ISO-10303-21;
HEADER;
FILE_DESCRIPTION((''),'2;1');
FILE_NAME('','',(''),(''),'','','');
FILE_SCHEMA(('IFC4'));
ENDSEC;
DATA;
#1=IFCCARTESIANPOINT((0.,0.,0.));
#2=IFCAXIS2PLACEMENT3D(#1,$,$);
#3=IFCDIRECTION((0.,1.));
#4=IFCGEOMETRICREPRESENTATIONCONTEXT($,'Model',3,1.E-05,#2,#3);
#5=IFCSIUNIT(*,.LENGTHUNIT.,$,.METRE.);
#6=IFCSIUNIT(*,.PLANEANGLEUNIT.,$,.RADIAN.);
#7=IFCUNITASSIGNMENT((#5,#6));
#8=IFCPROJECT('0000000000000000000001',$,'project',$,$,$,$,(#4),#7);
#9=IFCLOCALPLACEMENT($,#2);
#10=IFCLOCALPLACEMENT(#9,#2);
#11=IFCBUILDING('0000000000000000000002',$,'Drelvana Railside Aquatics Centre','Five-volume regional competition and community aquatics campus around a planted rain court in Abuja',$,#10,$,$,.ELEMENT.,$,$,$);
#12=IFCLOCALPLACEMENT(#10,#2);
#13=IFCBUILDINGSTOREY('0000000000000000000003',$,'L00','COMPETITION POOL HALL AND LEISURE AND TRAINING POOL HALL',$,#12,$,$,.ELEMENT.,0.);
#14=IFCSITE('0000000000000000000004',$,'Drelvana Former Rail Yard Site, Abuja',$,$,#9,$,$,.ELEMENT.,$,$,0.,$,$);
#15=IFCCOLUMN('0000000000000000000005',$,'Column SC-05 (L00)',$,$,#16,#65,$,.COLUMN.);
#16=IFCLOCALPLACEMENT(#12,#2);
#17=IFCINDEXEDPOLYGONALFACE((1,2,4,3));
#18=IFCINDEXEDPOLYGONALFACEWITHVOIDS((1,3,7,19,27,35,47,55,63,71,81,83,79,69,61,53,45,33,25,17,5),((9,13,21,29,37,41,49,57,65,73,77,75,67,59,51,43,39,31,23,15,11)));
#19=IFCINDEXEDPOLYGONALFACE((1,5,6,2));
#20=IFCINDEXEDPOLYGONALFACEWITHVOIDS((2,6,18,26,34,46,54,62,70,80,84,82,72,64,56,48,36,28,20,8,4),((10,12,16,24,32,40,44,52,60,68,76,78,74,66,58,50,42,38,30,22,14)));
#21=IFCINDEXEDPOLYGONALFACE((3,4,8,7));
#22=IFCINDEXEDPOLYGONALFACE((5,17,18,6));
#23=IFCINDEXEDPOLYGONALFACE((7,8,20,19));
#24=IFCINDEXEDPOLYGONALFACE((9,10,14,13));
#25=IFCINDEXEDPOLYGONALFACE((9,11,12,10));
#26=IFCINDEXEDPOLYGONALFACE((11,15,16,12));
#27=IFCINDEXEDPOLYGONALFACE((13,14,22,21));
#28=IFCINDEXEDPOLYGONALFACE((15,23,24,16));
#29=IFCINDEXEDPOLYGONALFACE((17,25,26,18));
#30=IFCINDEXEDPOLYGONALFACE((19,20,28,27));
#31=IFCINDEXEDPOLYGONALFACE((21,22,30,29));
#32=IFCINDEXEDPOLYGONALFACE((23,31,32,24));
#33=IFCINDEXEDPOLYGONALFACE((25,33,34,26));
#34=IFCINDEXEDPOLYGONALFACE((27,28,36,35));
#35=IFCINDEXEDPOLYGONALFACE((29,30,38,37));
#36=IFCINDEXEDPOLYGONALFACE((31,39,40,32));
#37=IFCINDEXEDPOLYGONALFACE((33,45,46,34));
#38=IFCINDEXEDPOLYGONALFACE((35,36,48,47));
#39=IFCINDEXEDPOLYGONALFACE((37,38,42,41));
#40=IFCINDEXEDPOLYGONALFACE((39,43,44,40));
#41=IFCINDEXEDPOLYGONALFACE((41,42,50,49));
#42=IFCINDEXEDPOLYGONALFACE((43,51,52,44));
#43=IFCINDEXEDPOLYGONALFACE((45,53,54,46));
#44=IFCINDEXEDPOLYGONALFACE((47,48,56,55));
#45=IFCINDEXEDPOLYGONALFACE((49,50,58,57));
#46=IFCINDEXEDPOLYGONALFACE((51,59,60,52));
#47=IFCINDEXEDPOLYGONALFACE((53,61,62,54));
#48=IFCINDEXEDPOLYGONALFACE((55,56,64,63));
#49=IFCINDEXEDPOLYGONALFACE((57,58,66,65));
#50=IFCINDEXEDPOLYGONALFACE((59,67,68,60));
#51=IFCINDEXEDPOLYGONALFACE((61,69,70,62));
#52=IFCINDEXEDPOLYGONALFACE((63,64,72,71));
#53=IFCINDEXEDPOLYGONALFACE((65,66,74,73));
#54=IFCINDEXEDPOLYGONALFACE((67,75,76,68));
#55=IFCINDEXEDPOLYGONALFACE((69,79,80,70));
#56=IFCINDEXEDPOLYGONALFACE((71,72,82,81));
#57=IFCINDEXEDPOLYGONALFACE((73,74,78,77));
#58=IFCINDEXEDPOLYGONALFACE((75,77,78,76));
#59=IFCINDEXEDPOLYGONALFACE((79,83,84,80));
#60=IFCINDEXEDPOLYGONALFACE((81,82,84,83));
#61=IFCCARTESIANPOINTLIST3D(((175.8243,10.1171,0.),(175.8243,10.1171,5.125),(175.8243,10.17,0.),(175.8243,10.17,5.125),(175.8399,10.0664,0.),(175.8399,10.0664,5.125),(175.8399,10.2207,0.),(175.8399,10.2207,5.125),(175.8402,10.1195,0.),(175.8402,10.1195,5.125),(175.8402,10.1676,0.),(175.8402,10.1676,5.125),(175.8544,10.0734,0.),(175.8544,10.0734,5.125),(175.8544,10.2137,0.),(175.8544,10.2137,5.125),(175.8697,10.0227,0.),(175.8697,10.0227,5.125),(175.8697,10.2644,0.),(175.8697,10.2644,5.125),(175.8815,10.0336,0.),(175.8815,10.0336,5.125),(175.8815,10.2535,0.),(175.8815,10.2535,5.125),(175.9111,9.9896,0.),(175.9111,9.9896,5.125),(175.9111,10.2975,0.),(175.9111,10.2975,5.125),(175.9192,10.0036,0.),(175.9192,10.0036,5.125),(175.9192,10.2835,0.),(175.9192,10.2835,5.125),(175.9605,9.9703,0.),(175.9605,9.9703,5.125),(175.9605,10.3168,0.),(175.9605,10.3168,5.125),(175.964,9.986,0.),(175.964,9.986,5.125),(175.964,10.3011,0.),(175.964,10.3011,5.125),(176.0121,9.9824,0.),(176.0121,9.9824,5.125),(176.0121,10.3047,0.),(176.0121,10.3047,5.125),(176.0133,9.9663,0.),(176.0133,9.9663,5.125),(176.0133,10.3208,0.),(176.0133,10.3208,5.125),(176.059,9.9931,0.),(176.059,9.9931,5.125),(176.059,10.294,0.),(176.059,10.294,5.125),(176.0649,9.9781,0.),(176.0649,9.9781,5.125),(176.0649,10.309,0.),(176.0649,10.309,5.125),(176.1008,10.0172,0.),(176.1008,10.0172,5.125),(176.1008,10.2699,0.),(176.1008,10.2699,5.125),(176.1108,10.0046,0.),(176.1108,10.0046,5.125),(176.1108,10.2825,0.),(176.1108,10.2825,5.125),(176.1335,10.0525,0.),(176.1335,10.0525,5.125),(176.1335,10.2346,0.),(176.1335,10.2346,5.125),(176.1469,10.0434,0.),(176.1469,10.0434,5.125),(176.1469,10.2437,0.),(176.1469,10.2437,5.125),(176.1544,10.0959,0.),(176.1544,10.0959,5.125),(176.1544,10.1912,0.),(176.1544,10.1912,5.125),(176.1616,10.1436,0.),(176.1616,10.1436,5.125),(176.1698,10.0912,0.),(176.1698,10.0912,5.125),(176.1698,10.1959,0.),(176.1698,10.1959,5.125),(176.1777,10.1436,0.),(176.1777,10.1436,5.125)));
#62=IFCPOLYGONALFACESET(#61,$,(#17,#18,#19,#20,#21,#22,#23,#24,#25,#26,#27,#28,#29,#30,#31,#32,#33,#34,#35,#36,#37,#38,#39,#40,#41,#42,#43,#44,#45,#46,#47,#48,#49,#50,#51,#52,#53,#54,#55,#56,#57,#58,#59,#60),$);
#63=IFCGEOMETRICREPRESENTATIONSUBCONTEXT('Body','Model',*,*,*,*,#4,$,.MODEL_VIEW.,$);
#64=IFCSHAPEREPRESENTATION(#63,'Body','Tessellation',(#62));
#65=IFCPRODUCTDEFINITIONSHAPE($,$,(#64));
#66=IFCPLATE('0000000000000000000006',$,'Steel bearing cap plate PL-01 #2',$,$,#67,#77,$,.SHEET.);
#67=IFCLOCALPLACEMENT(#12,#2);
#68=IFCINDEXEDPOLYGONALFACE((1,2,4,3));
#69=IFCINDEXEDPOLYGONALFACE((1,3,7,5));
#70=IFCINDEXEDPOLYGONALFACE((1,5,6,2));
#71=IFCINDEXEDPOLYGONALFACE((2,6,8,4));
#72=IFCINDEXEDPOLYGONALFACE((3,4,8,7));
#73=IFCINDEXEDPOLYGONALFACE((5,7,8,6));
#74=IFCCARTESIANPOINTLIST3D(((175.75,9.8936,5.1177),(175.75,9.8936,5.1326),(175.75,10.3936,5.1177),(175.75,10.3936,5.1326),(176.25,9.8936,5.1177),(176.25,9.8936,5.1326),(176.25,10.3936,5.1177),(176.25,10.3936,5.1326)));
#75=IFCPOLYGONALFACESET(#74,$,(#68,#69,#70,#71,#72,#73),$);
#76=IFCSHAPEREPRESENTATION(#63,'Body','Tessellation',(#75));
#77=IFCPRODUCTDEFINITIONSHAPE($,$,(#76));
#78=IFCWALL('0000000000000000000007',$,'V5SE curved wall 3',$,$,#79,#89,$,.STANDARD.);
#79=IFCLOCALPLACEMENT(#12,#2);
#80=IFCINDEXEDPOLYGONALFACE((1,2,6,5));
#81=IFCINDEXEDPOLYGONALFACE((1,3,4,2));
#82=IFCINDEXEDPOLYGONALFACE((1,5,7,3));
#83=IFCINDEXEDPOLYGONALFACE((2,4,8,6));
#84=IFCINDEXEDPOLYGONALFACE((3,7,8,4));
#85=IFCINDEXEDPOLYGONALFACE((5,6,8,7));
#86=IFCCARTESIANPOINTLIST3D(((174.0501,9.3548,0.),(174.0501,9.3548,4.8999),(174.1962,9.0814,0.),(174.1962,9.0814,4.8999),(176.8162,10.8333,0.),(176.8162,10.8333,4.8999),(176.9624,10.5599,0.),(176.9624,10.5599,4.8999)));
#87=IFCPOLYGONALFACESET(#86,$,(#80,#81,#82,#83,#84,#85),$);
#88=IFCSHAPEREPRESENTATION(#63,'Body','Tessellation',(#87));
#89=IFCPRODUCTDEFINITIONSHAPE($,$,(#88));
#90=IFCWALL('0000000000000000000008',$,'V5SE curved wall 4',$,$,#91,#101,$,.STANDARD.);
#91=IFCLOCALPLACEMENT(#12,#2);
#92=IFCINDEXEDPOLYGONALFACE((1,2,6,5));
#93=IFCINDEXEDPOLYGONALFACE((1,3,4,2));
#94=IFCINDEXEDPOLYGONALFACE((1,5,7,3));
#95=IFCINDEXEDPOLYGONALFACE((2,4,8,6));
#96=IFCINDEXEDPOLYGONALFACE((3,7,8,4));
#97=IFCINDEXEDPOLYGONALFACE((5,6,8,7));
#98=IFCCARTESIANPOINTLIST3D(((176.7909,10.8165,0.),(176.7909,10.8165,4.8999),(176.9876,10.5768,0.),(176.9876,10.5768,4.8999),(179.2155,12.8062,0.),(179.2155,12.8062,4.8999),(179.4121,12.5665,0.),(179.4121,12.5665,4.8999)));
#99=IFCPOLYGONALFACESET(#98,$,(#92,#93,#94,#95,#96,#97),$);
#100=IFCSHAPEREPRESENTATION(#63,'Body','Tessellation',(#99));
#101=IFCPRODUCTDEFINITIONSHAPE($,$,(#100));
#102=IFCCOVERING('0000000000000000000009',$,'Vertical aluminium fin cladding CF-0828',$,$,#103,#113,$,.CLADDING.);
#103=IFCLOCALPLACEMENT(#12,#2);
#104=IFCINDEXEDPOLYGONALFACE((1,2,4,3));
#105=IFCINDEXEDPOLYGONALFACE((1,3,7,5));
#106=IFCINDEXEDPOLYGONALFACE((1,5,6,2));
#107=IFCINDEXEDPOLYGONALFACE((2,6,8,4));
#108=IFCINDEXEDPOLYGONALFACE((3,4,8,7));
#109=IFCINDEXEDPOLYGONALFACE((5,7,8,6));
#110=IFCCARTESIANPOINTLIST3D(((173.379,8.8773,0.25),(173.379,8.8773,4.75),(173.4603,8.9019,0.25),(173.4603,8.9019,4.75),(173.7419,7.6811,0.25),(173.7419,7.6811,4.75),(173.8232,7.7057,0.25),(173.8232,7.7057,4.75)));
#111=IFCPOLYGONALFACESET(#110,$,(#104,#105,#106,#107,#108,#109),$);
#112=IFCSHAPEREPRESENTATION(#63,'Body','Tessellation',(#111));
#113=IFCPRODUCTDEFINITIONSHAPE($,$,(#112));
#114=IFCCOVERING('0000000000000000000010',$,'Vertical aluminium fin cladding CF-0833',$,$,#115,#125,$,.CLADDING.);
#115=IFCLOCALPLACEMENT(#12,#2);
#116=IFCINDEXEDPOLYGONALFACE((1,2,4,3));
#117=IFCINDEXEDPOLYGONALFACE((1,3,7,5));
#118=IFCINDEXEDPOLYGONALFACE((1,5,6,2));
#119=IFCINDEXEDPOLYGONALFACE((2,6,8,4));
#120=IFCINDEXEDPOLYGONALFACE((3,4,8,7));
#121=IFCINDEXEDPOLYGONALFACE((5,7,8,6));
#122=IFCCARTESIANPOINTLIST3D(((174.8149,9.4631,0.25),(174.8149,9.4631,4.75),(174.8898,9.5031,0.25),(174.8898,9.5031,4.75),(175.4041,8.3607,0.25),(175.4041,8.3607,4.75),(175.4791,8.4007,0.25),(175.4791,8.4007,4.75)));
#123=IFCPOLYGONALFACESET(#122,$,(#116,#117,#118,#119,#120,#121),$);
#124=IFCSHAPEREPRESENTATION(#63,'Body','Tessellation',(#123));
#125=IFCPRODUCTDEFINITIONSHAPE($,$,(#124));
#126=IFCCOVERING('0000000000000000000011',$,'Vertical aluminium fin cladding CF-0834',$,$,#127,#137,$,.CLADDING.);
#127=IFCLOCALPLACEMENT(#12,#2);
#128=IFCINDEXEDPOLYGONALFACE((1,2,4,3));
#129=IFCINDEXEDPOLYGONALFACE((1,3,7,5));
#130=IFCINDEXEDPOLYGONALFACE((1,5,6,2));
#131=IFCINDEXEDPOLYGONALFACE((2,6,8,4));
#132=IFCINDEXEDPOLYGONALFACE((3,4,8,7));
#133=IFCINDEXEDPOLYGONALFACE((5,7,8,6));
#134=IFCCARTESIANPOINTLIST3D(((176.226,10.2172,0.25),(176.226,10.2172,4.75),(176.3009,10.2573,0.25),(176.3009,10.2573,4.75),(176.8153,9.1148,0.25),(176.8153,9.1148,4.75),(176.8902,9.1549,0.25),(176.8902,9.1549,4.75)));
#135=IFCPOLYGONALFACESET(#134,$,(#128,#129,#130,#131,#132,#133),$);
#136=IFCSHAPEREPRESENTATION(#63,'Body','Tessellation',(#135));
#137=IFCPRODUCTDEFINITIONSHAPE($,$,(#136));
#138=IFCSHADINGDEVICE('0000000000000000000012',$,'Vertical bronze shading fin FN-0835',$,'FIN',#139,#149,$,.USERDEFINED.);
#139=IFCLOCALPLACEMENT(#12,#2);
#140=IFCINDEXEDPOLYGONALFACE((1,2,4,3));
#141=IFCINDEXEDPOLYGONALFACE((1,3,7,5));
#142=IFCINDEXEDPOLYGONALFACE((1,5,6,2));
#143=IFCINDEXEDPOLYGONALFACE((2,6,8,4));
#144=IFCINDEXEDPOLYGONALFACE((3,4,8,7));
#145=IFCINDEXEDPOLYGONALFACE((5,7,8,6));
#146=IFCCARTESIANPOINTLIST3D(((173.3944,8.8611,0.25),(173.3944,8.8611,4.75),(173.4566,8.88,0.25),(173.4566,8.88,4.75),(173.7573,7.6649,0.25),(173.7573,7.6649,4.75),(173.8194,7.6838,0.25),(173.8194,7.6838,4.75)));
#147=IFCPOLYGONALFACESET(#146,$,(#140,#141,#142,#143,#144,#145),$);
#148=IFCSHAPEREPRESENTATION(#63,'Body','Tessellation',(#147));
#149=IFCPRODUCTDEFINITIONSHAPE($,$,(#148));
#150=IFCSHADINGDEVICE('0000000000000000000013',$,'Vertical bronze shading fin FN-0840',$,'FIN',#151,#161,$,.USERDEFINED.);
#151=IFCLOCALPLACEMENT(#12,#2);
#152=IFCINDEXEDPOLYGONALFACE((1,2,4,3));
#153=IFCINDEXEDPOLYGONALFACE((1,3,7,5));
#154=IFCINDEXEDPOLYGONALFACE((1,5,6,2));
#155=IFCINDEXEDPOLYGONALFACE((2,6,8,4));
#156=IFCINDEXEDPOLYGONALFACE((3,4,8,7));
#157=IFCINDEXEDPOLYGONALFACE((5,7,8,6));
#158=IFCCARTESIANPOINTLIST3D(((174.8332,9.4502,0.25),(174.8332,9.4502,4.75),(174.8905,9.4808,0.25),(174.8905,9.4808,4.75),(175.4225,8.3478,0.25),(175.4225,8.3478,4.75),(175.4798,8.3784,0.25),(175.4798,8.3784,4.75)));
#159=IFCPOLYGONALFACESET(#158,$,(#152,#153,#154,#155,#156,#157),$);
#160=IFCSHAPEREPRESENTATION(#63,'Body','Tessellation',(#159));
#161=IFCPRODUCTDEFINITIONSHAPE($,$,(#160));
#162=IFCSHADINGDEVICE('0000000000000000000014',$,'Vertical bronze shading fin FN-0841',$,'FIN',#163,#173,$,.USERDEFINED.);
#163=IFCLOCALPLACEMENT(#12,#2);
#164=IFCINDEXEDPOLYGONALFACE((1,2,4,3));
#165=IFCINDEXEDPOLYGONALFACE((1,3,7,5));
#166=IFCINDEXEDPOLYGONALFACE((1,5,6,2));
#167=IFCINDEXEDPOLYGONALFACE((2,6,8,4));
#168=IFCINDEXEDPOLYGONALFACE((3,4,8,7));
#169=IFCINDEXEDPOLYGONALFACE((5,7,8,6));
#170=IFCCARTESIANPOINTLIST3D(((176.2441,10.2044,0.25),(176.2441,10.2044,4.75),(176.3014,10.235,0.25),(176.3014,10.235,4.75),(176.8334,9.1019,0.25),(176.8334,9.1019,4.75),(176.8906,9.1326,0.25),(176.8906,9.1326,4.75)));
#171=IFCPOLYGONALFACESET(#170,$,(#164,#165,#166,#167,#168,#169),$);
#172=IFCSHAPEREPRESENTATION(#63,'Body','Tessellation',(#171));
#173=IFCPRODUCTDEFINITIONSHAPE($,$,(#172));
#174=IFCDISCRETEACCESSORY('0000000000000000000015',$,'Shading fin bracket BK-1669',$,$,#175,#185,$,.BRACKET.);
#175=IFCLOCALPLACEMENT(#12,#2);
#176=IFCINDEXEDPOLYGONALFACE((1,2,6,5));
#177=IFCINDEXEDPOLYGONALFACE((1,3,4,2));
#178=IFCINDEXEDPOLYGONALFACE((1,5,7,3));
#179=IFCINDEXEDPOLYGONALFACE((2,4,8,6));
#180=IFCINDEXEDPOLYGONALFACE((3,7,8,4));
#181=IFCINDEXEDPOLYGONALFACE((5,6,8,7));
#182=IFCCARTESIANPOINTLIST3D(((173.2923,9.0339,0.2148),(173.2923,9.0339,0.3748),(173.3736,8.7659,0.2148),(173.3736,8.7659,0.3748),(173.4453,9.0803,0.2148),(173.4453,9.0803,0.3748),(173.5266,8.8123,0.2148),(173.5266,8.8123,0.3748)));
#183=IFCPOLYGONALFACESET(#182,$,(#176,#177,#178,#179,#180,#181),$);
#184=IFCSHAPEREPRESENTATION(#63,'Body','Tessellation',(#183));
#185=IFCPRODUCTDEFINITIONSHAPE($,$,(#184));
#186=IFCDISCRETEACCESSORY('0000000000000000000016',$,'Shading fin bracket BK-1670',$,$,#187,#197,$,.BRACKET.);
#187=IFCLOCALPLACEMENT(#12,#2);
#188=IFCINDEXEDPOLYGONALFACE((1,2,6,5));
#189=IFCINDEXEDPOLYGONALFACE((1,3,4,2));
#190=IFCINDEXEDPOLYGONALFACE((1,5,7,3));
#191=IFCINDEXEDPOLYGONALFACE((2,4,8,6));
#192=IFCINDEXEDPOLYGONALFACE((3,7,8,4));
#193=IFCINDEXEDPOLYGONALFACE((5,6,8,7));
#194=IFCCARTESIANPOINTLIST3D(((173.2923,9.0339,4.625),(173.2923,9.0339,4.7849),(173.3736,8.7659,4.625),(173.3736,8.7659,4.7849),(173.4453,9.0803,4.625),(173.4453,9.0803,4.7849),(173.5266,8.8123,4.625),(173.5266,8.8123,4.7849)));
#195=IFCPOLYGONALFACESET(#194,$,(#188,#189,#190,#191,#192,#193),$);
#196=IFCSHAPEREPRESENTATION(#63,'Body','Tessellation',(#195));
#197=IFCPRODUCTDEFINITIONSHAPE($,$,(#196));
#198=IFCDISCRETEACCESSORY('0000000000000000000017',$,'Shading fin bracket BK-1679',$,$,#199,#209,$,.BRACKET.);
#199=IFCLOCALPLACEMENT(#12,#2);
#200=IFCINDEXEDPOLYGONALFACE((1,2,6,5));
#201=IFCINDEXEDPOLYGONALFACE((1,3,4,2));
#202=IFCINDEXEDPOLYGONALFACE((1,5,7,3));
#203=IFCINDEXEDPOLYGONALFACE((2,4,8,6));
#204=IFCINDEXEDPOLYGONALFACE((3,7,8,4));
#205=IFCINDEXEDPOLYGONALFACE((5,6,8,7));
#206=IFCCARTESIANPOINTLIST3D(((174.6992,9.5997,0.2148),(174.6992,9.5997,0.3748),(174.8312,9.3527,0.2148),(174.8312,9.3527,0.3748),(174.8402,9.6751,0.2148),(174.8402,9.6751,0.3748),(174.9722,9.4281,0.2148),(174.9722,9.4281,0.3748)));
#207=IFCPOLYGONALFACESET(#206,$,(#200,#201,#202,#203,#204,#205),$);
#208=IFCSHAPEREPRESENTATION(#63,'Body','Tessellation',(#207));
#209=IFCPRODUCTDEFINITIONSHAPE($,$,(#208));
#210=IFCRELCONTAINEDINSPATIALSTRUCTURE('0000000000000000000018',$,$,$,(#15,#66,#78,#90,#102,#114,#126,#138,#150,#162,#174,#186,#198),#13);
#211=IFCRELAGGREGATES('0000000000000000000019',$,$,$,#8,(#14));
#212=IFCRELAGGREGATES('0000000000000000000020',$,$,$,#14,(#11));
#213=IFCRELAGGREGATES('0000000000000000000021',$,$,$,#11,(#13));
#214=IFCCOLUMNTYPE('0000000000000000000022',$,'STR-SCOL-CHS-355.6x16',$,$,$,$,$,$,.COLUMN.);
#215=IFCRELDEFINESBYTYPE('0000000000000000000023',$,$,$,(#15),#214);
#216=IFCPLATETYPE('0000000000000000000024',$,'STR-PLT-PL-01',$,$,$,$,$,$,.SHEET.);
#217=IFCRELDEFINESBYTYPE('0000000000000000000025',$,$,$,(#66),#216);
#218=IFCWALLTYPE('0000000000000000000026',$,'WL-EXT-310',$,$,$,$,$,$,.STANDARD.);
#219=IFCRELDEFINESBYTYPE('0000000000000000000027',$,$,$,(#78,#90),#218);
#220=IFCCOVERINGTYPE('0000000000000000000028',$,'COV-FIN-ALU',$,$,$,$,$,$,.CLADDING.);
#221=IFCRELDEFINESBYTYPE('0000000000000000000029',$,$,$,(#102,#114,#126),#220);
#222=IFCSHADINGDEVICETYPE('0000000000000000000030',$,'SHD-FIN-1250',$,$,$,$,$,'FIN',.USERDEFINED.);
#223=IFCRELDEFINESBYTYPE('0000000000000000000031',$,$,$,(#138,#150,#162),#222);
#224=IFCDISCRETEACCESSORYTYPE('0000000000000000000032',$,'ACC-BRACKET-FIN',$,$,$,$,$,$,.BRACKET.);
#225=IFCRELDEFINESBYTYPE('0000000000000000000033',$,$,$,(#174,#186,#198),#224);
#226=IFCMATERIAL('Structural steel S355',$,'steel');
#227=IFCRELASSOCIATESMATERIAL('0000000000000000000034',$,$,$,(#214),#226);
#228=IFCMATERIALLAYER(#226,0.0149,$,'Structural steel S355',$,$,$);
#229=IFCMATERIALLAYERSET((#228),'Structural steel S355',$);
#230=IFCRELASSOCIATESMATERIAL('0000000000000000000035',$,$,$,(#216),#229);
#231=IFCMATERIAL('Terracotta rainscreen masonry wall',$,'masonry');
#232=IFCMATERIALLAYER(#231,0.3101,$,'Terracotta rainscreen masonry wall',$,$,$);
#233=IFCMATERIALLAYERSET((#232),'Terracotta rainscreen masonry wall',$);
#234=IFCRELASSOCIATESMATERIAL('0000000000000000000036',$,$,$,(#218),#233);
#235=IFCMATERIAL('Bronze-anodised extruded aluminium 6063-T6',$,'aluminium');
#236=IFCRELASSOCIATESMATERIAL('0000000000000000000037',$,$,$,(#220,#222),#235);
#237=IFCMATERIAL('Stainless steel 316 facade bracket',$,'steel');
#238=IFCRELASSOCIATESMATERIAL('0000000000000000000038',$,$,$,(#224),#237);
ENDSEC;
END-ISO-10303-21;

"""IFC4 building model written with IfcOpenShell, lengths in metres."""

from ifc_helpers import new_model, si_unit, direction, frame, frame_2d, origin, origin_2d, place, context, subcontext, project, spatial, rectangle, hollow_circle, extrude, material, layer, layer_set, material_profile, profile_set, type_object, element, save


model = new_model("IFC4")

# Units and contexts
model_context = context("Model", 3, precision=1e-05, world=origin(), true_north=direction((0.0, 1.0)))
body_context = subcontext(model_context, "Body", "Model", "MODEL_VIEW")
ifc_project = project(units=[si_unit("LENGTHUNIT", "METRE"), si_unit("PLANEANGLEUNIT", "RADIAN")], contexts=[model_context])

# Site, building, storey
site_placement = place(None, origin())
site = spatial("IfcSite", under=ifc_project, at=site_placement, Name="Drelvana Former Rail Yard Site, Abuja", CompositionType="ELEMENT", RefElevation=0.0)
building_placement = place(site_placement, origin())
building = spatial("IfcBuilding", under=site, at=building_placement, Name="Drelvana Railside Aquatics Centre", Description="Five-volume regional competition and community aquatics campus around a planted rain court in Abuja", CompositionType="ELEMENT")
storey_placement = place(building_placement, origin())
storey = spatial("IfcBuildingStorey", under=building, at=storey_placement, Name="L00", Description="COMPETITION POOL HALL AND LEISURE AND TRAINING POOL HALL", CompositionType="ELEMENT", Elevation=0.0)

# Column
ifc_material_1 = material(Name="Structural steel S355", Category="steel")
ifc_material_profile = material_profile(ifc_material_1, hollow_circle(Radius=0.1777, WallThickness=0.0161, at=origin_2d()), Name="CHS 355.6x16")
ifc_profile_set = profile_set([ifc_material_profile], Name="Structural steel S355")
column_type = type_object("IfcColumnType", Name="STR-SCOL-CHS-355.6x16", PredefinedType="COLUMN", material=ifc_profile_set)
column_placement = place(storey_placement, frame((176.0, 10.1436, 0.0), z_axis=(0.0, 0.0, 1.0), x_axis=(1.0, 0.0, 0.0)))
element("IfcColumn", 1, at=column_placement, inside=storey, type_object=column_type, Name="Column SC-05 (L00)", PredefinedType="COLUMN", context=body_context, shape_type="SweptSolid", body=[
    extrude(hollow_circle(Radius=0.1777, WallThickness=0.0161, at=origin_2d()), origin(), (0.0, 0.0, 1.0), 5.125),
])

# Plate
ifc_layer_1 = layer(ifc_material_1, 0.0149, Name="Structural steel S355")
ifc_layer_set_1 = layer_set([ifc_layer_1], Name="Structural steel S355")
plate_type = type_object("IfcPlateType", Name="STR-PLT-PL-01", PredefinedType="SHEET", material=ifc_layer_set_1)
plate_placement = place(storey_placement, frame((176.0, 10.1436, 5.1177), z_axis=(0.0, 0.0, 1.0), x_axis=(1.0, 0.0, 0.0)))
element("IfcPlate", 2, at=plate_placement, inside=storey, type_object=plate_type, Name="Steel bearing cap plate PL-01 #2", PredefinedType="SHEET", context=body_context, shape_type="SweptSolid", body=[
    extrude(rectangle(XDim=0.5, YDim=0.5, at=origin_2d()), origin(), (0.0, 0.0, 1.0), 0.0149),
])

# Walls
ifc_material_2 = material(Name="Terracotta rainscreen masonry wall", Category="masonry")
ifc_layer_2 = layer(ifc_material_2, 0.3101, Name="Terracotta rainscreen masonry wall")
ifc_layer_set_2 = layer_set([ifc_layer_2], Name="Terracotta rainscreen masonry wall")
wall_type = type_object("IfcWallType", Name="WL-EXT-310", PredefinedType="STANDARD", material=ifc_layer_set_2)
for number, where, z_axis, x_axis, name in (
    (3, (174.123, 9.218, 0.0), (0.0, 0.0, 1.0), (0.881922, 0.471396, 0.0), "V5SE curved wall 3"),
    (4, (176.8892, 10.6965, 0.0), (0.0, 0.0, 1.0), (0.773017, 0.634386, 0.0), "V5SE curved wall 4"),
):
    element("IfcWall", number, at=place(storey_placement, frame(where, z_axis=z_axis, x_axis=x_axis)), inside=storey, type_object=wall_type, Name=name, PredefinedType="STANDARD", context=body_context, shape_type="SweptSolid", body=[
        extrude(rectangle(XDim=3.1365, YDim=0.3101, at=frame_2d((1.5684, 0.0))), origin(), (0.0, 0.0, 1.0), 4.8999),
    ])

# Coverings
ifc_material_3 = material(Name="Bronze-anodised extruded aluminium 6063-T6", Category="aluminium")
covering_type = type_object("IfcCoveringType", Name="COV-FIN-ALU", PredefinedType="CLADDING", material=ifc_material_3)
for number, where, z_axis, x_axis, name in (
    (5, (173.6011, 8.2915, 0.25), (0.0, 0.0, 1.0), (-0.95694, -0.290285, 0.0), "Vertical aluminium fin cladding CF-0828"),
    (6, (175.147, 8.9319, 0.25), (0.0, 0.0, 1.0), (-0.881921, -0.471397, 0.0), "Vertical aluminium fin cladding CF-0833"),
    (7, (176.5581, 9.686, 0.25), (0.0, 0.0, 1.0), (-0.881921, -0.471397, 0.0), "Vertical aluminium fin cladding CF-0834"),
):
    element("IfcCovering", number, at=place(storey_placement, frame(where, z_axis=z_axis, x_axis=x_axis)), inside=storey, type_object=covering_type, Name=name, PredefinedType="CLADDING", context=body_context, shape_type="SweptSolid", body=[
        extrude(rectangle(XDim=0.085, YDim=1.25, at=origin_2d()), origin(), (0.0, 0.0, 1.0), 4.5),
    ])

# Shading devices
shading_device_type = type_object("IfcShadingDeviceType", Name="SHD-FIN-1250", ElementType="FIN", PredefinedType="USERDEFINED", material=ifc_material_3)
for number, where, z_axis, x_axis, name in (
    (8, (173.6069, 8.2725, 0.25), (0.0, 0.0, 1.0), (0.290285, -0.95694, 0.0), "Vertical bronze shading fin FN-0835"),
    (9, (175.1565, 8.9143, 0.25), (0.0, 0.0, 1.0), (0.471397, -0.881921, 0.0), "Vertical bronze shading fin FN-0840"),
    (10, (176.5674, 9.6685, 0.25), (0.0, 0.0, 1.0), (0.471397, -0.881921, 0.0), "Vertical bronze shading fin FN-0841"),
):
    element("IfcShadingDevice", number, at=place(storey_placement, frame(where, z_axis=z_axis, x_axis=x_axis)), inside=storey, type_object=shading_device_type, Name=name, ObjectType="FIN", PredefinedType="USERDEFINED", context=body_context, shape_type="SweptSolid", body=[
        extrude(rectangle(XDim=1.25, YDim=0.0649, at=origin_2d()), origin(), (0.0, 0.0, 1.0), 4.5),
    ])

# Discrete accessories
ifc_material_4 = material(Name="Stainless steel 316 facade bracket", Category="steel")
discrete_accessory_type = type_object("IfcDiscreteAccessoryType", Name="ACC-BRACKET-FIN", PredefinedType="BRACKET", material=ifc_material_4)
for number, where, z_axis, x_axis, name in (
    (11, (173.4094, 8.9231, 0.2148), (0.0, 0.0, 1.0), (0.290285, -0.95694, 0.0), "Shading fin bracket BK-1669"),
    (12, (173.4094, 8.9231, 4.625), (0.0, 0.0, 1.0), (0.290285, -0.95694, 0.0), "Shading fin bracket BK-1670"),
    (13, (174.8357, 9.5139, 0.2148), (0.0, 0.0, 1.0), (0.471397, -0.881921, 0.0), "Shading fin bracket BK-1679"),
):
    element("IfcDiscreteAccessory", number, at=place(storey_placement, frame(where, z_axis=z_axis, x_axis=x_axis)), inside=storey, type_object=discrete_accessory_type, Name=name, PredefinedType="BRACKET", context=body_context, shape_type="SweptSolid", body=[
        extrude(rectangle(XDim=0.28, YDim=0.1599, at=origin_2d()), origin(), (0.0, 0.0, 1.0), 0.1599),
    ])

save(model, "model.ifc")
